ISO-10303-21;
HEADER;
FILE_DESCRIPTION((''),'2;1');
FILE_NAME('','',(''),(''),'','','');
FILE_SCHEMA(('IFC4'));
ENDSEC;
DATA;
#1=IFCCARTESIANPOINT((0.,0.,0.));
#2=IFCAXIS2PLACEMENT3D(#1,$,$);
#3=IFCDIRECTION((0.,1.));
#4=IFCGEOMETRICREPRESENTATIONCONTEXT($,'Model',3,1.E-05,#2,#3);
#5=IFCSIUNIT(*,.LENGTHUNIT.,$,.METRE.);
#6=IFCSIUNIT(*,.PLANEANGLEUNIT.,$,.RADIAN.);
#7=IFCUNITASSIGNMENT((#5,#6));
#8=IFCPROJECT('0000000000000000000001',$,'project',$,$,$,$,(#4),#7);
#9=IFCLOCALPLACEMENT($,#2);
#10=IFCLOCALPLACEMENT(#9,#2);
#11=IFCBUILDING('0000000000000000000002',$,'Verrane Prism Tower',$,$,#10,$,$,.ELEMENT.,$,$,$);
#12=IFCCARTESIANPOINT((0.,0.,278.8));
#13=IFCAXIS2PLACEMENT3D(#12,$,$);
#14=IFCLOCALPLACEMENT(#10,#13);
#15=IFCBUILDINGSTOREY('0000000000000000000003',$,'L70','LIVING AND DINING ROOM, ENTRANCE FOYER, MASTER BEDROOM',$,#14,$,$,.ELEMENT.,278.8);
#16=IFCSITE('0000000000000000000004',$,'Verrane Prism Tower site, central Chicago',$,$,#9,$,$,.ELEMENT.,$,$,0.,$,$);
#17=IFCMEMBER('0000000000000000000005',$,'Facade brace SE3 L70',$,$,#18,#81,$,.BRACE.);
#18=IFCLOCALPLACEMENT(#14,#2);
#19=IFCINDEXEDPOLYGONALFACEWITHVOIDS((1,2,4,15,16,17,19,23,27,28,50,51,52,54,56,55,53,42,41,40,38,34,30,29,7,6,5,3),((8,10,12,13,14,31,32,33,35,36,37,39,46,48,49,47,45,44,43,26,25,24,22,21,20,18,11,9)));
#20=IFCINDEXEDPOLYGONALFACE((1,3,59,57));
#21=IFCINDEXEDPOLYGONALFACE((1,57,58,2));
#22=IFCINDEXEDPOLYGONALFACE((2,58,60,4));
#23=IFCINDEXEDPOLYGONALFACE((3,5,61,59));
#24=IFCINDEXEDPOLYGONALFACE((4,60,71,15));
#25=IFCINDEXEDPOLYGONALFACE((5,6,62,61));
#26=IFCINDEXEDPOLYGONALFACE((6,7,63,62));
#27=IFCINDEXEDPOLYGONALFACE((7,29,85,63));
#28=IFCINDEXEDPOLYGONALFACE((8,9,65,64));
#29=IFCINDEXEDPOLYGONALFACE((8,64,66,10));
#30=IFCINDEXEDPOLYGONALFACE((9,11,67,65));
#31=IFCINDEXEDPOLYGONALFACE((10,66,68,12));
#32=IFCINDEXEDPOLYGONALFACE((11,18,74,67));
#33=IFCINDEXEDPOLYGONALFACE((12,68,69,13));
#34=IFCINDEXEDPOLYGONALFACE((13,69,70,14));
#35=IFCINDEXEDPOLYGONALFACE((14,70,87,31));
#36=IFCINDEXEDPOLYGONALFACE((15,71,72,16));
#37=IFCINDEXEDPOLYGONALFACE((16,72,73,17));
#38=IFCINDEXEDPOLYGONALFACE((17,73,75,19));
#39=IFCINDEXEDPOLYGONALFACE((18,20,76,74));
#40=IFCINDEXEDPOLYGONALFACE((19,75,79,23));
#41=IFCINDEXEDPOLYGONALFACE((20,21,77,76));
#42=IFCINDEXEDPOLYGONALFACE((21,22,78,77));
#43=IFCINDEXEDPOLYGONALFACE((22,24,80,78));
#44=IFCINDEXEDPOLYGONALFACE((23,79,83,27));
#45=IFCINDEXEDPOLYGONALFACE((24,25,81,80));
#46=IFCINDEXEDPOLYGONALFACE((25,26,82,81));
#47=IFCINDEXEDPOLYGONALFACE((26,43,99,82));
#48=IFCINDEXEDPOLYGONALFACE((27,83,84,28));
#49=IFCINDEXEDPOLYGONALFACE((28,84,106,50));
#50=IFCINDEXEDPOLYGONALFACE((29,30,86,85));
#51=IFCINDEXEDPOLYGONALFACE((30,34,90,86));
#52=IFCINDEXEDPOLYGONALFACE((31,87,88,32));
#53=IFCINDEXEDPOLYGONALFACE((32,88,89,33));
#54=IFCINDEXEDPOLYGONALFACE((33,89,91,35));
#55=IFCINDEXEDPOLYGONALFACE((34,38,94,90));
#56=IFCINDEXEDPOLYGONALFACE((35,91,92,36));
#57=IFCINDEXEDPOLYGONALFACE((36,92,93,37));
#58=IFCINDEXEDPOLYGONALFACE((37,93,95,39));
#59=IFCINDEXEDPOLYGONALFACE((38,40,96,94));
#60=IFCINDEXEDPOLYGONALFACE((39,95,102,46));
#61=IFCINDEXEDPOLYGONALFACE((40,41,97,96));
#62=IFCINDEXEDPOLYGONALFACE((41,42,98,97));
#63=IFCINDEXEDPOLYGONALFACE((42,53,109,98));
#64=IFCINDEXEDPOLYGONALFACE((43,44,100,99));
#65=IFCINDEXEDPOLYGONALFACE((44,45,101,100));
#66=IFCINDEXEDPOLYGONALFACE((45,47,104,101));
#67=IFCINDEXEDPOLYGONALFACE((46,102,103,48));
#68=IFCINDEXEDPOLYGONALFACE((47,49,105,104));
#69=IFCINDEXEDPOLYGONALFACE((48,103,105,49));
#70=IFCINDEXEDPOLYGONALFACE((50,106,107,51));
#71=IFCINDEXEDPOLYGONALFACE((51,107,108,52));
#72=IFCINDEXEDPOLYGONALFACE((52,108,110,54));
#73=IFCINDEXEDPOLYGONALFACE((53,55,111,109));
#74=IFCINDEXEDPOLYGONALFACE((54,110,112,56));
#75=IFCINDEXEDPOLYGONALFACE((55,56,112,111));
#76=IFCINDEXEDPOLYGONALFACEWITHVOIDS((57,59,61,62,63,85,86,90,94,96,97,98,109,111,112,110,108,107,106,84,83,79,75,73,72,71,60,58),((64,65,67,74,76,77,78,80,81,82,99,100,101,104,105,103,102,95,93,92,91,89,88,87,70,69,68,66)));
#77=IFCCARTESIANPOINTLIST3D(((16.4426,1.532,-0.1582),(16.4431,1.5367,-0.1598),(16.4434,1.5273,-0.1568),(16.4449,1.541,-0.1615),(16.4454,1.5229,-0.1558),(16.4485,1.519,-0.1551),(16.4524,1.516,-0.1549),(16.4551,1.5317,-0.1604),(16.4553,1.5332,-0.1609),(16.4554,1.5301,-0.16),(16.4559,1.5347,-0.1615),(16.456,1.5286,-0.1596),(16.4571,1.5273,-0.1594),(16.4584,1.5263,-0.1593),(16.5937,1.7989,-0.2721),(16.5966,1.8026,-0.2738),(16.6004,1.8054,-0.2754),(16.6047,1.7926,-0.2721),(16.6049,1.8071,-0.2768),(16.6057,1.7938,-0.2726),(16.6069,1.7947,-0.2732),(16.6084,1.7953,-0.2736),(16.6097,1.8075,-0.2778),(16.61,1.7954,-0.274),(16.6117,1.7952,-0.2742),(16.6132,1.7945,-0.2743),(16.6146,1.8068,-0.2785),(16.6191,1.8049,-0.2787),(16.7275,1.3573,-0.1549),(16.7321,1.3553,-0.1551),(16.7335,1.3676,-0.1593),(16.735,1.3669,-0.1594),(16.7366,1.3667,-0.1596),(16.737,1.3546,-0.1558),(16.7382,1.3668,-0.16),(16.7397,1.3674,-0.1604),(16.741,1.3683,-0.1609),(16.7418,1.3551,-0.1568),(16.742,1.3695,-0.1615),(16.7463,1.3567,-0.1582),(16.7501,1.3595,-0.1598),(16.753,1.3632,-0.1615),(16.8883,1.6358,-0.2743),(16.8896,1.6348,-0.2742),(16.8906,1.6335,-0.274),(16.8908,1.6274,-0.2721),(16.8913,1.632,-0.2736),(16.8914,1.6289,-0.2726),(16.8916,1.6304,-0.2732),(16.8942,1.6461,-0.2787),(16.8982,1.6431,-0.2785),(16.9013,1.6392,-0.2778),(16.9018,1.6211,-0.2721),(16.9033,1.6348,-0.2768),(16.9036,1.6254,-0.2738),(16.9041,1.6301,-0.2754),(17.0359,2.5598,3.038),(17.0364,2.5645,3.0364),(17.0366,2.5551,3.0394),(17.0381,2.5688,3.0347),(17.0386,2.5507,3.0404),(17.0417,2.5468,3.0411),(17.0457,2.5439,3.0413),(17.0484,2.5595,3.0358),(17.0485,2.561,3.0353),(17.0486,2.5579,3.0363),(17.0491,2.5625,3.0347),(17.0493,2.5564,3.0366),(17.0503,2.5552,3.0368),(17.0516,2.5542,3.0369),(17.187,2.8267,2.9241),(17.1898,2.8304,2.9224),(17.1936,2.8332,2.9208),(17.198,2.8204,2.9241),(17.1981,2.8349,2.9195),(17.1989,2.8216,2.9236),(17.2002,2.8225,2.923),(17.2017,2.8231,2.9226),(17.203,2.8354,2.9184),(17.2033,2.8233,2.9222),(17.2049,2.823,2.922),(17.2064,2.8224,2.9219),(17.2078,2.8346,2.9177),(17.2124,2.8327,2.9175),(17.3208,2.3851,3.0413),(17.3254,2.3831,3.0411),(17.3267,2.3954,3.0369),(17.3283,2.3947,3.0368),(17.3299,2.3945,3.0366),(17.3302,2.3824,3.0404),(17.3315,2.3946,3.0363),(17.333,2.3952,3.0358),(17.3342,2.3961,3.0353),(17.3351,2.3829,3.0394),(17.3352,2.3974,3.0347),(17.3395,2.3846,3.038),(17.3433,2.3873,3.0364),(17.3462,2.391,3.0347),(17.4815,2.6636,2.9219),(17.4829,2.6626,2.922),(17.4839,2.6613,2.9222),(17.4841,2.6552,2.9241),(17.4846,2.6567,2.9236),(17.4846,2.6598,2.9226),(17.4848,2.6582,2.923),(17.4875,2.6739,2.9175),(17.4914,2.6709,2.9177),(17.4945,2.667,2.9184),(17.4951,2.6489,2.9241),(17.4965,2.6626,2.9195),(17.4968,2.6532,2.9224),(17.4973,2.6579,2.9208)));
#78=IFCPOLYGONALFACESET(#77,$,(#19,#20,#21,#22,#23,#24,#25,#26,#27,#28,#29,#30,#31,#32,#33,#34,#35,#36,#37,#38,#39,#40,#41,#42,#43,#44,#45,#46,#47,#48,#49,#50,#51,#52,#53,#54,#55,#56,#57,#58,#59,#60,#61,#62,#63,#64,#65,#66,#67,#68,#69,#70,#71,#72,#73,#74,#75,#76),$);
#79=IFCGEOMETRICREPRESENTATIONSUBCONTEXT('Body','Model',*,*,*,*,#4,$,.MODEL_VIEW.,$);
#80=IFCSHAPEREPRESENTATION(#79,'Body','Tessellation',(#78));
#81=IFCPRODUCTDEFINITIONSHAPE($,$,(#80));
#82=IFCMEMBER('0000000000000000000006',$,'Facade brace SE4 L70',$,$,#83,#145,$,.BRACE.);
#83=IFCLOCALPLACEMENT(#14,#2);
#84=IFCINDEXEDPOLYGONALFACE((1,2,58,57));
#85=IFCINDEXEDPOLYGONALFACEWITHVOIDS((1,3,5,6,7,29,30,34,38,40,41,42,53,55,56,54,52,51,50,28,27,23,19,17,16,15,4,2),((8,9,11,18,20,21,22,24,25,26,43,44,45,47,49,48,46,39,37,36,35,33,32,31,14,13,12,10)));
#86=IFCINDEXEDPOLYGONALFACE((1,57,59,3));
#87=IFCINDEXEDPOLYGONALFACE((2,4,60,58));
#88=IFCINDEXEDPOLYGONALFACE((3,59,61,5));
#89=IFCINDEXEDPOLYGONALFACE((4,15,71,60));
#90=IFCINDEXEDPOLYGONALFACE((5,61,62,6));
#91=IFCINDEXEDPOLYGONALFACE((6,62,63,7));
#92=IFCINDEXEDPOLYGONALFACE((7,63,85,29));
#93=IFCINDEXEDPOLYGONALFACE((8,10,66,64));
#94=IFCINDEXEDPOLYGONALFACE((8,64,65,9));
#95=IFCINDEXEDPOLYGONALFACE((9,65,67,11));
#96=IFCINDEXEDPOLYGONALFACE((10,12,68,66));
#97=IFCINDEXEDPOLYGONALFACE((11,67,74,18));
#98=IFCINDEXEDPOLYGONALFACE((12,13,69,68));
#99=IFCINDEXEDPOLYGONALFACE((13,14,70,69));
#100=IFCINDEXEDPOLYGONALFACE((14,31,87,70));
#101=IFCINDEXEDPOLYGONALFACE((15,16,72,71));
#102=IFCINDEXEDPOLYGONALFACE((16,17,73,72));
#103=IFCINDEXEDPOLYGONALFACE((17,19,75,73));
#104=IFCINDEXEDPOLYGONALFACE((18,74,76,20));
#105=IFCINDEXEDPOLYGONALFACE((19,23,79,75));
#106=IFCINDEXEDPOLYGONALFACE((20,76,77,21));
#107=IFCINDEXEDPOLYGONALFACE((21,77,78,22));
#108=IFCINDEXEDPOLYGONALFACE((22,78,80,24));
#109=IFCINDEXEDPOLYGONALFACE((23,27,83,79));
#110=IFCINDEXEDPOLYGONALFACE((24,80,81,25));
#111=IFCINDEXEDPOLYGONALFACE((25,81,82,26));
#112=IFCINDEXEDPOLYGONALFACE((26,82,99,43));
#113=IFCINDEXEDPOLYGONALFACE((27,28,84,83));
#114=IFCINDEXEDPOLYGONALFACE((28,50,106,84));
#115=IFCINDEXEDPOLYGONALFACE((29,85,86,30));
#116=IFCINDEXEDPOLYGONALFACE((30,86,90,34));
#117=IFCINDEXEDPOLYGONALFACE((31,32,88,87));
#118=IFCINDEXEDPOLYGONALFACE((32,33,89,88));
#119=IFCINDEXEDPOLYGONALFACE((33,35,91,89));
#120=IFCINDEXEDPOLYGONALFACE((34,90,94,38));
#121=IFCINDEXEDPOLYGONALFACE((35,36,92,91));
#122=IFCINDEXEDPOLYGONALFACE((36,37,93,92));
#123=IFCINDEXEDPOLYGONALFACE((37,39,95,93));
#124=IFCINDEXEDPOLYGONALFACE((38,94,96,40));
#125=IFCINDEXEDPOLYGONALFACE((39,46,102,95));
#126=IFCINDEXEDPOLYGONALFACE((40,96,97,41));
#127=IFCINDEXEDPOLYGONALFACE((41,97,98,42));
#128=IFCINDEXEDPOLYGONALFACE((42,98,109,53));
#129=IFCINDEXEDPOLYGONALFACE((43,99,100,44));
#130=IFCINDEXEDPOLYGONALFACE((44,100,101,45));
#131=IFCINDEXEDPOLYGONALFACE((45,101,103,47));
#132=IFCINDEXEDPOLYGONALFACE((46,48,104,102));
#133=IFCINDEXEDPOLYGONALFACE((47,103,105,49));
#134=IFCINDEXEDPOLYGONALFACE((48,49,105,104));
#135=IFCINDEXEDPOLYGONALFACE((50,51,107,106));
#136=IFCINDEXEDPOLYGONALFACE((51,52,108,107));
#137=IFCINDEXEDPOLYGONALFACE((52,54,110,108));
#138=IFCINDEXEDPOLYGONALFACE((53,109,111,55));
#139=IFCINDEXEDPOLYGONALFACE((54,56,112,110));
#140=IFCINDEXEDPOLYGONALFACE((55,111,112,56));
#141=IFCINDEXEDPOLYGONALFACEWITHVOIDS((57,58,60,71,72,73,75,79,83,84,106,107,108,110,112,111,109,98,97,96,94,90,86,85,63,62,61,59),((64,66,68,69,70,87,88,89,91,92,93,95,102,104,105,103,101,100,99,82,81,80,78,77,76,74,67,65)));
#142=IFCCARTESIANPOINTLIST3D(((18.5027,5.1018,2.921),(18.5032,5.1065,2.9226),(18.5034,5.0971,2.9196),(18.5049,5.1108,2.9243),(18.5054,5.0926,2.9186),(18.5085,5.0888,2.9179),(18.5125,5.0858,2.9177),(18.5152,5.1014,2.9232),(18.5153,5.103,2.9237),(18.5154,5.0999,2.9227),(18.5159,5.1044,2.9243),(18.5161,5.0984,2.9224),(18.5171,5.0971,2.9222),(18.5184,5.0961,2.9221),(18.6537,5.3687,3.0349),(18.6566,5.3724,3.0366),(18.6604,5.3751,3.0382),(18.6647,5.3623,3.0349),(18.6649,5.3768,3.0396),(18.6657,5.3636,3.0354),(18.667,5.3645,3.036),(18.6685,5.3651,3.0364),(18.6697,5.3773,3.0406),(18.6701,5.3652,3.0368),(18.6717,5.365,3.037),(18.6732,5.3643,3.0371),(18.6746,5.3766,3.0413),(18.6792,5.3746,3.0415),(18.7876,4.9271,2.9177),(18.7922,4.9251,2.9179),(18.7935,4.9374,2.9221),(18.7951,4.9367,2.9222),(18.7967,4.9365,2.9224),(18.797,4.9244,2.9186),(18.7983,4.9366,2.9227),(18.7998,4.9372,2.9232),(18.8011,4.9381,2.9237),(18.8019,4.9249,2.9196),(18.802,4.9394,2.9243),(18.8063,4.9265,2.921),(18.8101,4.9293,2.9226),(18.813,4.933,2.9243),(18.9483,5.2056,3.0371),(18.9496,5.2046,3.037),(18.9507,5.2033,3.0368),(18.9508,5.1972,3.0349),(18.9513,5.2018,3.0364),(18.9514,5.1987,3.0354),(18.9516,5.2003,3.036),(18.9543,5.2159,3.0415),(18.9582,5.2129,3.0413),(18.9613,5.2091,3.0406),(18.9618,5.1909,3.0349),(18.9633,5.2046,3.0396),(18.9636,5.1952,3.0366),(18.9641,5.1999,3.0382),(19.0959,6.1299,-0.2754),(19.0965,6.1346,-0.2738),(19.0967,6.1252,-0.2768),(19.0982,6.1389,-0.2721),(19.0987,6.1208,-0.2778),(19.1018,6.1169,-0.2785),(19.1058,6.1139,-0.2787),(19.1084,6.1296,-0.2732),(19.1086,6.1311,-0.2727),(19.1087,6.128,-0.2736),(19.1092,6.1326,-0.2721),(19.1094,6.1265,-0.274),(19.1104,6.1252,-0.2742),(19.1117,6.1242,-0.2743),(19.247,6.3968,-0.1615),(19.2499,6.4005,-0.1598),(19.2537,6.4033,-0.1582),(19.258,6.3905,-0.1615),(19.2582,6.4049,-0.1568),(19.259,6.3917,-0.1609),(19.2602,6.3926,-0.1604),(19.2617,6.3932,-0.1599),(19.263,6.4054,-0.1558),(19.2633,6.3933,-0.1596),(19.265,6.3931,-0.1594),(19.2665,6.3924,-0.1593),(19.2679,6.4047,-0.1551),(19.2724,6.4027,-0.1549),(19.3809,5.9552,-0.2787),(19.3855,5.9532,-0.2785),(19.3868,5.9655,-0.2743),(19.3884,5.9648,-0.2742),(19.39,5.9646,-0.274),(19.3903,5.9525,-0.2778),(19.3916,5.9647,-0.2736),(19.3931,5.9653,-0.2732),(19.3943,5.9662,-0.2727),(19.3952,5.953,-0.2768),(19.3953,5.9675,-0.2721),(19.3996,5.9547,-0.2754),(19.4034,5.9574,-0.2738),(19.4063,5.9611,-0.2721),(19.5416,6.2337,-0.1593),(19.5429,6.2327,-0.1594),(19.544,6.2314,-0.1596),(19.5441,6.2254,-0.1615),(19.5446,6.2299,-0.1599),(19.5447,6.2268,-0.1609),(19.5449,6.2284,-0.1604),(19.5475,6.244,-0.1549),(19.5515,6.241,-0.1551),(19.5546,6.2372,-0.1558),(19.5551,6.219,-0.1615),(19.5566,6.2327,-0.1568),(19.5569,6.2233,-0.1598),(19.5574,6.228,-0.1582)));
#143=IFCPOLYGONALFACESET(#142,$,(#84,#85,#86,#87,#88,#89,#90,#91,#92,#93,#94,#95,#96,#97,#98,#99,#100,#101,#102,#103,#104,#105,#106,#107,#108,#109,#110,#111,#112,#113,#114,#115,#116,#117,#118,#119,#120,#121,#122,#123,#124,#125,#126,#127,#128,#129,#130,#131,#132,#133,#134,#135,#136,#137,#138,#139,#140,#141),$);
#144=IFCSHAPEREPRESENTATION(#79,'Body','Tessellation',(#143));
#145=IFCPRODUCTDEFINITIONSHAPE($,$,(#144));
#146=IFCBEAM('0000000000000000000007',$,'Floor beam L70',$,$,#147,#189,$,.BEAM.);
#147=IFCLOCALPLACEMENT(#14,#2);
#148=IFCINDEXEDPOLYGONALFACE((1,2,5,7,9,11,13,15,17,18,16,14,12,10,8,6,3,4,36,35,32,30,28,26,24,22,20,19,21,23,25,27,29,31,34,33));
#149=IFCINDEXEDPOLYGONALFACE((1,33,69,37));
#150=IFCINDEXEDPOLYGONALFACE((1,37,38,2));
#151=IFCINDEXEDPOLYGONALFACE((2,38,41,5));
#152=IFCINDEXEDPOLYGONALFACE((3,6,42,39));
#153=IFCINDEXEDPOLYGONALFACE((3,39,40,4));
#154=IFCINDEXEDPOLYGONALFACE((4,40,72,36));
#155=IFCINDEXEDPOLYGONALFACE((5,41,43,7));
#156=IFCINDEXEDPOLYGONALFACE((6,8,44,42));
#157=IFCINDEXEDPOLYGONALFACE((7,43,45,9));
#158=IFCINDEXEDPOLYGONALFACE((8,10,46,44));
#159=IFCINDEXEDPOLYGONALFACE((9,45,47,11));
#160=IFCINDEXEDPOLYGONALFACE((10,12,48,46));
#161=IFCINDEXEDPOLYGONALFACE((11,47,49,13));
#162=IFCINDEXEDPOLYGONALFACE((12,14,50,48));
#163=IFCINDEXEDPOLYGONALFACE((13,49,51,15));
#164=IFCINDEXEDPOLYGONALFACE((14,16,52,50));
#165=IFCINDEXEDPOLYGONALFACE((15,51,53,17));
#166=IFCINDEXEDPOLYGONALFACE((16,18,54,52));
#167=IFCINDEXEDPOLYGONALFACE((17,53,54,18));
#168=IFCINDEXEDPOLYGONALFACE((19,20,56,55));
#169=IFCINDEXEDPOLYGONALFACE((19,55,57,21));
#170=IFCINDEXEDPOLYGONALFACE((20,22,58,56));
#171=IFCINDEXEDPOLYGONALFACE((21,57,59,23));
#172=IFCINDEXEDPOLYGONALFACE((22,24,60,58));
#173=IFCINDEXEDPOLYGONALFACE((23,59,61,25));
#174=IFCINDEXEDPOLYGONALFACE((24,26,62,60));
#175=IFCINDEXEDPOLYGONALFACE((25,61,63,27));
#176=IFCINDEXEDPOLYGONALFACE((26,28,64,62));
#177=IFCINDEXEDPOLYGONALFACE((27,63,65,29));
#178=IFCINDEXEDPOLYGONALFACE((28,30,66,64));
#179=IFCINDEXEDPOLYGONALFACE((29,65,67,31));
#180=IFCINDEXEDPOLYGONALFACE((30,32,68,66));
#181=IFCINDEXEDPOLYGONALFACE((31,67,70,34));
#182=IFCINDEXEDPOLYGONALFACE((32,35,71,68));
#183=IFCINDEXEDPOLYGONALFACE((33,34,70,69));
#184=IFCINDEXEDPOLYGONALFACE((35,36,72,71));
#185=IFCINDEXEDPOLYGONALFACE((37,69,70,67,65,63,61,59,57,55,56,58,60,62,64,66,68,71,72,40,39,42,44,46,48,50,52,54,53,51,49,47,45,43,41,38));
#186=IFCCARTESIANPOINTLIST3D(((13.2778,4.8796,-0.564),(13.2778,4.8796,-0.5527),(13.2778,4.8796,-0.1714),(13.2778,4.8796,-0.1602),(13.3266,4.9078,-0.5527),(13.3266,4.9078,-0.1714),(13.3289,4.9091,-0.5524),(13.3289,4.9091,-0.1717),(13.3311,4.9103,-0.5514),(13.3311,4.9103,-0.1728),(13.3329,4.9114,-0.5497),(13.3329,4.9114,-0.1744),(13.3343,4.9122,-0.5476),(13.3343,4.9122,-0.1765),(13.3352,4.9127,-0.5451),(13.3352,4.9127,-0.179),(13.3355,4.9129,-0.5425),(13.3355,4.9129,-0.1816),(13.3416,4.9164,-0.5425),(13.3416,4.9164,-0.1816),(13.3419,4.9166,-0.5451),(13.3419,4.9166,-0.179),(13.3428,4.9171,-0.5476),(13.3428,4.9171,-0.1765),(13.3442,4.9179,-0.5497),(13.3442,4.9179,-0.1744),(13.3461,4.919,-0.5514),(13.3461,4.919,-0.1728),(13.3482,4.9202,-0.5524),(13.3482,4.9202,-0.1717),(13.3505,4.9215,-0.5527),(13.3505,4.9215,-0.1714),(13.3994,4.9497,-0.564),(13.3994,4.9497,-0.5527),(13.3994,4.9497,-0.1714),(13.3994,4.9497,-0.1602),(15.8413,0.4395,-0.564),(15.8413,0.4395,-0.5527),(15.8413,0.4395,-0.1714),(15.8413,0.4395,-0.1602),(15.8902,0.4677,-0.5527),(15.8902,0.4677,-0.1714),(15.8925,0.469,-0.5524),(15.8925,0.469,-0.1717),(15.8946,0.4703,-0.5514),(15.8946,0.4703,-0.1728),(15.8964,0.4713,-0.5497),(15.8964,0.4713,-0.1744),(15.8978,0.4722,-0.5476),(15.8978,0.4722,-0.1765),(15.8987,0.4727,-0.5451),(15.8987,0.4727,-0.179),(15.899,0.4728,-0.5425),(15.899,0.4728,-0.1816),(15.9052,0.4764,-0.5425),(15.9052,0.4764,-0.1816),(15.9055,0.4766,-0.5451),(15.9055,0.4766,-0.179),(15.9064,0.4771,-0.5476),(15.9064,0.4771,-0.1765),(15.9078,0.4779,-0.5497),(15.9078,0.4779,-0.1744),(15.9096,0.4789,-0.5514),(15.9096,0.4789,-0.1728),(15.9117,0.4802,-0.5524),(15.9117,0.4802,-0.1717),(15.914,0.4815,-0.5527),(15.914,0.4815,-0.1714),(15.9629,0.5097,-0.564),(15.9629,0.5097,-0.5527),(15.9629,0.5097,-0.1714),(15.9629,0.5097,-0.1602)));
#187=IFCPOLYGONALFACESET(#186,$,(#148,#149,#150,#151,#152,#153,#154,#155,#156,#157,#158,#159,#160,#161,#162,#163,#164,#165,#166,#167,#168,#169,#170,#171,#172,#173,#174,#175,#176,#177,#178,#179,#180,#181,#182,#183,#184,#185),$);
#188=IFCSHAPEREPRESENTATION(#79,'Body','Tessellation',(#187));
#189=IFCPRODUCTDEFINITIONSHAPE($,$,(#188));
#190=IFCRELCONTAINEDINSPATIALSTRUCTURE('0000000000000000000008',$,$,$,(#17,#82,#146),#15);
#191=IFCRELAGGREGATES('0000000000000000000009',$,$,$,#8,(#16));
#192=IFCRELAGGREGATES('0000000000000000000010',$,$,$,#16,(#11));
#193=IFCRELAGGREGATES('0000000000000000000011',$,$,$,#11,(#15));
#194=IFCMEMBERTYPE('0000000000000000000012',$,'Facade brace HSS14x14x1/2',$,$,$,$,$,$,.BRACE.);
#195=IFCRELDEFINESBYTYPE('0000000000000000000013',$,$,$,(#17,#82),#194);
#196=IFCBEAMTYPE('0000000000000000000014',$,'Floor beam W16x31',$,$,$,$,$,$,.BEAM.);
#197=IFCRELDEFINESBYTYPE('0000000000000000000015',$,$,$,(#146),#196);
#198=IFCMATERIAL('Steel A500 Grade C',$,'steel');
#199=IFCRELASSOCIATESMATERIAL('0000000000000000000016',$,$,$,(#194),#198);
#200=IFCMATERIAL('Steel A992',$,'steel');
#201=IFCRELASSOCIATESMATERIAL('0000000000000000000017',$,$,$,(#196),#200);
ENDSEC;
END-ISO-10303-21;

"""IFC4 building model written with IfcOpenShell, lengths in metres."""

from ifc_helpers import new_model, si_unit, direction, frame, origin, origin_2d, place, context, subcontext, project, spatial, hollow_rectangle, i_section, extrude, material, material_profile, profile_set, type_object, element, save


model = new_model("IFC4")

# Units and contexts
model_context = context("Model", 3, precision=1e-05, world=origin(), true_north=direction((0.0, 1.0)))
body_context = subcontext(model_context, "Body", "Model", "MODEL_VIEW")
ifc_project = project(units=[si_unit("LENGTHUNIT", "METRE"), si_unit("PLANEANGLEUNIT", "RADIAN")], contexts=[model_context])

# Site, building, storey
site_placement = place(None, origin())
site = spatial("IfcSite", under=ifc_project, at=site_placement, Name="Verrane Prism Tower site, central Chicago", CompositionType="ELEMENT", RefElevation=0.0)
building_placement = place(site_placement, origin())
building = spatial("IfcBuilding", under=site, at=building_placement, Name="Verrane Prism Tower", CompositionType="ELEMENT")
storey_placement = place(building_placement, frame((0.0, 0.0, 278.8)))
storey = spatial("IfcBuildingStorey", under=building, at=storey_placement, Name="L70", Description="LIVING AND DINING ROOM, ENTRANCE FOYER, MASTER BEDROOM", CompositionType="ELEMENT", Elevation=278.8)

# Members
ifc_material_1 = material(Name="Steel A500 Grade C", Category="steel")
ifc_material_profile_1 = material_profile(ifc_material_1, hollow_rectangle(XDim=0.3557, YDim=0.3557, WallThickness=0.0127, InnerFilletRadius=0.0063, OuterFilletRadius=0.019, at=origin_2d()), Name="HSS14x14x1/2")
ifc_profile_set_1 = profile_set([ifc_material_profile_1], Name="Steel A500 Grade C")
member_type_1 = type_object("IfcMemberType", Name="Facade brace HSS14x14x1/2", PredefinedType="BRACE", material=ifc_profile_set_1)
member_1_placement = place(storey_placement, frame((16.6733, 1.5811, -0.2168), z_axis=(0.174003, 0.301462, 0.937467), x_axis=(-0.866083, 0.499901, 0.0)))
element("IfcMember", 1, at=member_1_placement, inside=storey, type_object=member_type_1, Name="Facade brace SE3 L70", PredefinedType="BRACE", context=body_context, shape_type="SweptSolid", body=[
    extrude(hollow_rectangle(XDim=0.3557, YDim=0.3557, WallThickness=0.0127, InnerFilletRadius=0.0063, OuterFilletRadius=0.019, at=origin_2d()), origin(), (0.0, 0.0, 1.0), 3.4094),
])
member_2_placement = place(storey_placement, frame((19.3267, 6.179, -0.2168), z_axis=(-0.173999, -0.301527, 0.937447), x_axis=(0.866134, -0.499811, 0.0)))
element("IfcMember", 2, at=member_2_placement, inside=storey, type_object=member_type_1, Name="Facade brace SE4 L70", PredefinedType="BRACE", context=body_context, shape_type="SweptSolid", body=[
    extrude(hollow_rectangle(XDim=0.3557, YDim=0.3557, WallThickness=0.0127, InnerFilletRadius=0.0063, OuterFilletRadius=0.019, at=origin_2d()), origin(), (0.0, 0.0, 1.0), 3.4097),
])

# Beam
ifc_material_2 = material(Name="Steel A992", Category="steel")
ifc_material_profile_2 = material_profile(ifc_material_2, i_section(OverallWidth=0.1404, OverallDepth=0.4038, WebThickness=0.0071, FlangeThickness=0.0112, FilletRadius=0.0103, at=origin_2d()), Name="W16x31")
ifc_profile_set_2 = profile_set([ifc_material_profile_2], Name="Steel A992")
beam_type_1 = type_object("IfcBeamType", Name="Floor beam W16x31", PredefinedType="BEAM", material=ifc_profile_set_2)
beam_1_placement = place(storey_placement, frame((15.9021, 0.4746, -0.3621), z_axis=(-0.500011, 0.866019, 0.0), x_axis=(-0.866019, -0.500011, 0.0)))
element("IfcBeam", 3, at=beam_1_placement, inside=storey, type_object=beam_type_1, Name="Floor beam L70", PredefinedType="BEAM", context=body_context, shape_type="SweptSolid", body=[
    extrude(i_section(OverallWidth=0.1404, OverallDepth=0.4038, WebThickness=0.0071, FlangeThickness=0.0112, FilletRadius=0.0103, at=origin_2d()), origin(), (0.0, 0.0, 1.0), 5.127),
])

save(model, "model.ifc")
